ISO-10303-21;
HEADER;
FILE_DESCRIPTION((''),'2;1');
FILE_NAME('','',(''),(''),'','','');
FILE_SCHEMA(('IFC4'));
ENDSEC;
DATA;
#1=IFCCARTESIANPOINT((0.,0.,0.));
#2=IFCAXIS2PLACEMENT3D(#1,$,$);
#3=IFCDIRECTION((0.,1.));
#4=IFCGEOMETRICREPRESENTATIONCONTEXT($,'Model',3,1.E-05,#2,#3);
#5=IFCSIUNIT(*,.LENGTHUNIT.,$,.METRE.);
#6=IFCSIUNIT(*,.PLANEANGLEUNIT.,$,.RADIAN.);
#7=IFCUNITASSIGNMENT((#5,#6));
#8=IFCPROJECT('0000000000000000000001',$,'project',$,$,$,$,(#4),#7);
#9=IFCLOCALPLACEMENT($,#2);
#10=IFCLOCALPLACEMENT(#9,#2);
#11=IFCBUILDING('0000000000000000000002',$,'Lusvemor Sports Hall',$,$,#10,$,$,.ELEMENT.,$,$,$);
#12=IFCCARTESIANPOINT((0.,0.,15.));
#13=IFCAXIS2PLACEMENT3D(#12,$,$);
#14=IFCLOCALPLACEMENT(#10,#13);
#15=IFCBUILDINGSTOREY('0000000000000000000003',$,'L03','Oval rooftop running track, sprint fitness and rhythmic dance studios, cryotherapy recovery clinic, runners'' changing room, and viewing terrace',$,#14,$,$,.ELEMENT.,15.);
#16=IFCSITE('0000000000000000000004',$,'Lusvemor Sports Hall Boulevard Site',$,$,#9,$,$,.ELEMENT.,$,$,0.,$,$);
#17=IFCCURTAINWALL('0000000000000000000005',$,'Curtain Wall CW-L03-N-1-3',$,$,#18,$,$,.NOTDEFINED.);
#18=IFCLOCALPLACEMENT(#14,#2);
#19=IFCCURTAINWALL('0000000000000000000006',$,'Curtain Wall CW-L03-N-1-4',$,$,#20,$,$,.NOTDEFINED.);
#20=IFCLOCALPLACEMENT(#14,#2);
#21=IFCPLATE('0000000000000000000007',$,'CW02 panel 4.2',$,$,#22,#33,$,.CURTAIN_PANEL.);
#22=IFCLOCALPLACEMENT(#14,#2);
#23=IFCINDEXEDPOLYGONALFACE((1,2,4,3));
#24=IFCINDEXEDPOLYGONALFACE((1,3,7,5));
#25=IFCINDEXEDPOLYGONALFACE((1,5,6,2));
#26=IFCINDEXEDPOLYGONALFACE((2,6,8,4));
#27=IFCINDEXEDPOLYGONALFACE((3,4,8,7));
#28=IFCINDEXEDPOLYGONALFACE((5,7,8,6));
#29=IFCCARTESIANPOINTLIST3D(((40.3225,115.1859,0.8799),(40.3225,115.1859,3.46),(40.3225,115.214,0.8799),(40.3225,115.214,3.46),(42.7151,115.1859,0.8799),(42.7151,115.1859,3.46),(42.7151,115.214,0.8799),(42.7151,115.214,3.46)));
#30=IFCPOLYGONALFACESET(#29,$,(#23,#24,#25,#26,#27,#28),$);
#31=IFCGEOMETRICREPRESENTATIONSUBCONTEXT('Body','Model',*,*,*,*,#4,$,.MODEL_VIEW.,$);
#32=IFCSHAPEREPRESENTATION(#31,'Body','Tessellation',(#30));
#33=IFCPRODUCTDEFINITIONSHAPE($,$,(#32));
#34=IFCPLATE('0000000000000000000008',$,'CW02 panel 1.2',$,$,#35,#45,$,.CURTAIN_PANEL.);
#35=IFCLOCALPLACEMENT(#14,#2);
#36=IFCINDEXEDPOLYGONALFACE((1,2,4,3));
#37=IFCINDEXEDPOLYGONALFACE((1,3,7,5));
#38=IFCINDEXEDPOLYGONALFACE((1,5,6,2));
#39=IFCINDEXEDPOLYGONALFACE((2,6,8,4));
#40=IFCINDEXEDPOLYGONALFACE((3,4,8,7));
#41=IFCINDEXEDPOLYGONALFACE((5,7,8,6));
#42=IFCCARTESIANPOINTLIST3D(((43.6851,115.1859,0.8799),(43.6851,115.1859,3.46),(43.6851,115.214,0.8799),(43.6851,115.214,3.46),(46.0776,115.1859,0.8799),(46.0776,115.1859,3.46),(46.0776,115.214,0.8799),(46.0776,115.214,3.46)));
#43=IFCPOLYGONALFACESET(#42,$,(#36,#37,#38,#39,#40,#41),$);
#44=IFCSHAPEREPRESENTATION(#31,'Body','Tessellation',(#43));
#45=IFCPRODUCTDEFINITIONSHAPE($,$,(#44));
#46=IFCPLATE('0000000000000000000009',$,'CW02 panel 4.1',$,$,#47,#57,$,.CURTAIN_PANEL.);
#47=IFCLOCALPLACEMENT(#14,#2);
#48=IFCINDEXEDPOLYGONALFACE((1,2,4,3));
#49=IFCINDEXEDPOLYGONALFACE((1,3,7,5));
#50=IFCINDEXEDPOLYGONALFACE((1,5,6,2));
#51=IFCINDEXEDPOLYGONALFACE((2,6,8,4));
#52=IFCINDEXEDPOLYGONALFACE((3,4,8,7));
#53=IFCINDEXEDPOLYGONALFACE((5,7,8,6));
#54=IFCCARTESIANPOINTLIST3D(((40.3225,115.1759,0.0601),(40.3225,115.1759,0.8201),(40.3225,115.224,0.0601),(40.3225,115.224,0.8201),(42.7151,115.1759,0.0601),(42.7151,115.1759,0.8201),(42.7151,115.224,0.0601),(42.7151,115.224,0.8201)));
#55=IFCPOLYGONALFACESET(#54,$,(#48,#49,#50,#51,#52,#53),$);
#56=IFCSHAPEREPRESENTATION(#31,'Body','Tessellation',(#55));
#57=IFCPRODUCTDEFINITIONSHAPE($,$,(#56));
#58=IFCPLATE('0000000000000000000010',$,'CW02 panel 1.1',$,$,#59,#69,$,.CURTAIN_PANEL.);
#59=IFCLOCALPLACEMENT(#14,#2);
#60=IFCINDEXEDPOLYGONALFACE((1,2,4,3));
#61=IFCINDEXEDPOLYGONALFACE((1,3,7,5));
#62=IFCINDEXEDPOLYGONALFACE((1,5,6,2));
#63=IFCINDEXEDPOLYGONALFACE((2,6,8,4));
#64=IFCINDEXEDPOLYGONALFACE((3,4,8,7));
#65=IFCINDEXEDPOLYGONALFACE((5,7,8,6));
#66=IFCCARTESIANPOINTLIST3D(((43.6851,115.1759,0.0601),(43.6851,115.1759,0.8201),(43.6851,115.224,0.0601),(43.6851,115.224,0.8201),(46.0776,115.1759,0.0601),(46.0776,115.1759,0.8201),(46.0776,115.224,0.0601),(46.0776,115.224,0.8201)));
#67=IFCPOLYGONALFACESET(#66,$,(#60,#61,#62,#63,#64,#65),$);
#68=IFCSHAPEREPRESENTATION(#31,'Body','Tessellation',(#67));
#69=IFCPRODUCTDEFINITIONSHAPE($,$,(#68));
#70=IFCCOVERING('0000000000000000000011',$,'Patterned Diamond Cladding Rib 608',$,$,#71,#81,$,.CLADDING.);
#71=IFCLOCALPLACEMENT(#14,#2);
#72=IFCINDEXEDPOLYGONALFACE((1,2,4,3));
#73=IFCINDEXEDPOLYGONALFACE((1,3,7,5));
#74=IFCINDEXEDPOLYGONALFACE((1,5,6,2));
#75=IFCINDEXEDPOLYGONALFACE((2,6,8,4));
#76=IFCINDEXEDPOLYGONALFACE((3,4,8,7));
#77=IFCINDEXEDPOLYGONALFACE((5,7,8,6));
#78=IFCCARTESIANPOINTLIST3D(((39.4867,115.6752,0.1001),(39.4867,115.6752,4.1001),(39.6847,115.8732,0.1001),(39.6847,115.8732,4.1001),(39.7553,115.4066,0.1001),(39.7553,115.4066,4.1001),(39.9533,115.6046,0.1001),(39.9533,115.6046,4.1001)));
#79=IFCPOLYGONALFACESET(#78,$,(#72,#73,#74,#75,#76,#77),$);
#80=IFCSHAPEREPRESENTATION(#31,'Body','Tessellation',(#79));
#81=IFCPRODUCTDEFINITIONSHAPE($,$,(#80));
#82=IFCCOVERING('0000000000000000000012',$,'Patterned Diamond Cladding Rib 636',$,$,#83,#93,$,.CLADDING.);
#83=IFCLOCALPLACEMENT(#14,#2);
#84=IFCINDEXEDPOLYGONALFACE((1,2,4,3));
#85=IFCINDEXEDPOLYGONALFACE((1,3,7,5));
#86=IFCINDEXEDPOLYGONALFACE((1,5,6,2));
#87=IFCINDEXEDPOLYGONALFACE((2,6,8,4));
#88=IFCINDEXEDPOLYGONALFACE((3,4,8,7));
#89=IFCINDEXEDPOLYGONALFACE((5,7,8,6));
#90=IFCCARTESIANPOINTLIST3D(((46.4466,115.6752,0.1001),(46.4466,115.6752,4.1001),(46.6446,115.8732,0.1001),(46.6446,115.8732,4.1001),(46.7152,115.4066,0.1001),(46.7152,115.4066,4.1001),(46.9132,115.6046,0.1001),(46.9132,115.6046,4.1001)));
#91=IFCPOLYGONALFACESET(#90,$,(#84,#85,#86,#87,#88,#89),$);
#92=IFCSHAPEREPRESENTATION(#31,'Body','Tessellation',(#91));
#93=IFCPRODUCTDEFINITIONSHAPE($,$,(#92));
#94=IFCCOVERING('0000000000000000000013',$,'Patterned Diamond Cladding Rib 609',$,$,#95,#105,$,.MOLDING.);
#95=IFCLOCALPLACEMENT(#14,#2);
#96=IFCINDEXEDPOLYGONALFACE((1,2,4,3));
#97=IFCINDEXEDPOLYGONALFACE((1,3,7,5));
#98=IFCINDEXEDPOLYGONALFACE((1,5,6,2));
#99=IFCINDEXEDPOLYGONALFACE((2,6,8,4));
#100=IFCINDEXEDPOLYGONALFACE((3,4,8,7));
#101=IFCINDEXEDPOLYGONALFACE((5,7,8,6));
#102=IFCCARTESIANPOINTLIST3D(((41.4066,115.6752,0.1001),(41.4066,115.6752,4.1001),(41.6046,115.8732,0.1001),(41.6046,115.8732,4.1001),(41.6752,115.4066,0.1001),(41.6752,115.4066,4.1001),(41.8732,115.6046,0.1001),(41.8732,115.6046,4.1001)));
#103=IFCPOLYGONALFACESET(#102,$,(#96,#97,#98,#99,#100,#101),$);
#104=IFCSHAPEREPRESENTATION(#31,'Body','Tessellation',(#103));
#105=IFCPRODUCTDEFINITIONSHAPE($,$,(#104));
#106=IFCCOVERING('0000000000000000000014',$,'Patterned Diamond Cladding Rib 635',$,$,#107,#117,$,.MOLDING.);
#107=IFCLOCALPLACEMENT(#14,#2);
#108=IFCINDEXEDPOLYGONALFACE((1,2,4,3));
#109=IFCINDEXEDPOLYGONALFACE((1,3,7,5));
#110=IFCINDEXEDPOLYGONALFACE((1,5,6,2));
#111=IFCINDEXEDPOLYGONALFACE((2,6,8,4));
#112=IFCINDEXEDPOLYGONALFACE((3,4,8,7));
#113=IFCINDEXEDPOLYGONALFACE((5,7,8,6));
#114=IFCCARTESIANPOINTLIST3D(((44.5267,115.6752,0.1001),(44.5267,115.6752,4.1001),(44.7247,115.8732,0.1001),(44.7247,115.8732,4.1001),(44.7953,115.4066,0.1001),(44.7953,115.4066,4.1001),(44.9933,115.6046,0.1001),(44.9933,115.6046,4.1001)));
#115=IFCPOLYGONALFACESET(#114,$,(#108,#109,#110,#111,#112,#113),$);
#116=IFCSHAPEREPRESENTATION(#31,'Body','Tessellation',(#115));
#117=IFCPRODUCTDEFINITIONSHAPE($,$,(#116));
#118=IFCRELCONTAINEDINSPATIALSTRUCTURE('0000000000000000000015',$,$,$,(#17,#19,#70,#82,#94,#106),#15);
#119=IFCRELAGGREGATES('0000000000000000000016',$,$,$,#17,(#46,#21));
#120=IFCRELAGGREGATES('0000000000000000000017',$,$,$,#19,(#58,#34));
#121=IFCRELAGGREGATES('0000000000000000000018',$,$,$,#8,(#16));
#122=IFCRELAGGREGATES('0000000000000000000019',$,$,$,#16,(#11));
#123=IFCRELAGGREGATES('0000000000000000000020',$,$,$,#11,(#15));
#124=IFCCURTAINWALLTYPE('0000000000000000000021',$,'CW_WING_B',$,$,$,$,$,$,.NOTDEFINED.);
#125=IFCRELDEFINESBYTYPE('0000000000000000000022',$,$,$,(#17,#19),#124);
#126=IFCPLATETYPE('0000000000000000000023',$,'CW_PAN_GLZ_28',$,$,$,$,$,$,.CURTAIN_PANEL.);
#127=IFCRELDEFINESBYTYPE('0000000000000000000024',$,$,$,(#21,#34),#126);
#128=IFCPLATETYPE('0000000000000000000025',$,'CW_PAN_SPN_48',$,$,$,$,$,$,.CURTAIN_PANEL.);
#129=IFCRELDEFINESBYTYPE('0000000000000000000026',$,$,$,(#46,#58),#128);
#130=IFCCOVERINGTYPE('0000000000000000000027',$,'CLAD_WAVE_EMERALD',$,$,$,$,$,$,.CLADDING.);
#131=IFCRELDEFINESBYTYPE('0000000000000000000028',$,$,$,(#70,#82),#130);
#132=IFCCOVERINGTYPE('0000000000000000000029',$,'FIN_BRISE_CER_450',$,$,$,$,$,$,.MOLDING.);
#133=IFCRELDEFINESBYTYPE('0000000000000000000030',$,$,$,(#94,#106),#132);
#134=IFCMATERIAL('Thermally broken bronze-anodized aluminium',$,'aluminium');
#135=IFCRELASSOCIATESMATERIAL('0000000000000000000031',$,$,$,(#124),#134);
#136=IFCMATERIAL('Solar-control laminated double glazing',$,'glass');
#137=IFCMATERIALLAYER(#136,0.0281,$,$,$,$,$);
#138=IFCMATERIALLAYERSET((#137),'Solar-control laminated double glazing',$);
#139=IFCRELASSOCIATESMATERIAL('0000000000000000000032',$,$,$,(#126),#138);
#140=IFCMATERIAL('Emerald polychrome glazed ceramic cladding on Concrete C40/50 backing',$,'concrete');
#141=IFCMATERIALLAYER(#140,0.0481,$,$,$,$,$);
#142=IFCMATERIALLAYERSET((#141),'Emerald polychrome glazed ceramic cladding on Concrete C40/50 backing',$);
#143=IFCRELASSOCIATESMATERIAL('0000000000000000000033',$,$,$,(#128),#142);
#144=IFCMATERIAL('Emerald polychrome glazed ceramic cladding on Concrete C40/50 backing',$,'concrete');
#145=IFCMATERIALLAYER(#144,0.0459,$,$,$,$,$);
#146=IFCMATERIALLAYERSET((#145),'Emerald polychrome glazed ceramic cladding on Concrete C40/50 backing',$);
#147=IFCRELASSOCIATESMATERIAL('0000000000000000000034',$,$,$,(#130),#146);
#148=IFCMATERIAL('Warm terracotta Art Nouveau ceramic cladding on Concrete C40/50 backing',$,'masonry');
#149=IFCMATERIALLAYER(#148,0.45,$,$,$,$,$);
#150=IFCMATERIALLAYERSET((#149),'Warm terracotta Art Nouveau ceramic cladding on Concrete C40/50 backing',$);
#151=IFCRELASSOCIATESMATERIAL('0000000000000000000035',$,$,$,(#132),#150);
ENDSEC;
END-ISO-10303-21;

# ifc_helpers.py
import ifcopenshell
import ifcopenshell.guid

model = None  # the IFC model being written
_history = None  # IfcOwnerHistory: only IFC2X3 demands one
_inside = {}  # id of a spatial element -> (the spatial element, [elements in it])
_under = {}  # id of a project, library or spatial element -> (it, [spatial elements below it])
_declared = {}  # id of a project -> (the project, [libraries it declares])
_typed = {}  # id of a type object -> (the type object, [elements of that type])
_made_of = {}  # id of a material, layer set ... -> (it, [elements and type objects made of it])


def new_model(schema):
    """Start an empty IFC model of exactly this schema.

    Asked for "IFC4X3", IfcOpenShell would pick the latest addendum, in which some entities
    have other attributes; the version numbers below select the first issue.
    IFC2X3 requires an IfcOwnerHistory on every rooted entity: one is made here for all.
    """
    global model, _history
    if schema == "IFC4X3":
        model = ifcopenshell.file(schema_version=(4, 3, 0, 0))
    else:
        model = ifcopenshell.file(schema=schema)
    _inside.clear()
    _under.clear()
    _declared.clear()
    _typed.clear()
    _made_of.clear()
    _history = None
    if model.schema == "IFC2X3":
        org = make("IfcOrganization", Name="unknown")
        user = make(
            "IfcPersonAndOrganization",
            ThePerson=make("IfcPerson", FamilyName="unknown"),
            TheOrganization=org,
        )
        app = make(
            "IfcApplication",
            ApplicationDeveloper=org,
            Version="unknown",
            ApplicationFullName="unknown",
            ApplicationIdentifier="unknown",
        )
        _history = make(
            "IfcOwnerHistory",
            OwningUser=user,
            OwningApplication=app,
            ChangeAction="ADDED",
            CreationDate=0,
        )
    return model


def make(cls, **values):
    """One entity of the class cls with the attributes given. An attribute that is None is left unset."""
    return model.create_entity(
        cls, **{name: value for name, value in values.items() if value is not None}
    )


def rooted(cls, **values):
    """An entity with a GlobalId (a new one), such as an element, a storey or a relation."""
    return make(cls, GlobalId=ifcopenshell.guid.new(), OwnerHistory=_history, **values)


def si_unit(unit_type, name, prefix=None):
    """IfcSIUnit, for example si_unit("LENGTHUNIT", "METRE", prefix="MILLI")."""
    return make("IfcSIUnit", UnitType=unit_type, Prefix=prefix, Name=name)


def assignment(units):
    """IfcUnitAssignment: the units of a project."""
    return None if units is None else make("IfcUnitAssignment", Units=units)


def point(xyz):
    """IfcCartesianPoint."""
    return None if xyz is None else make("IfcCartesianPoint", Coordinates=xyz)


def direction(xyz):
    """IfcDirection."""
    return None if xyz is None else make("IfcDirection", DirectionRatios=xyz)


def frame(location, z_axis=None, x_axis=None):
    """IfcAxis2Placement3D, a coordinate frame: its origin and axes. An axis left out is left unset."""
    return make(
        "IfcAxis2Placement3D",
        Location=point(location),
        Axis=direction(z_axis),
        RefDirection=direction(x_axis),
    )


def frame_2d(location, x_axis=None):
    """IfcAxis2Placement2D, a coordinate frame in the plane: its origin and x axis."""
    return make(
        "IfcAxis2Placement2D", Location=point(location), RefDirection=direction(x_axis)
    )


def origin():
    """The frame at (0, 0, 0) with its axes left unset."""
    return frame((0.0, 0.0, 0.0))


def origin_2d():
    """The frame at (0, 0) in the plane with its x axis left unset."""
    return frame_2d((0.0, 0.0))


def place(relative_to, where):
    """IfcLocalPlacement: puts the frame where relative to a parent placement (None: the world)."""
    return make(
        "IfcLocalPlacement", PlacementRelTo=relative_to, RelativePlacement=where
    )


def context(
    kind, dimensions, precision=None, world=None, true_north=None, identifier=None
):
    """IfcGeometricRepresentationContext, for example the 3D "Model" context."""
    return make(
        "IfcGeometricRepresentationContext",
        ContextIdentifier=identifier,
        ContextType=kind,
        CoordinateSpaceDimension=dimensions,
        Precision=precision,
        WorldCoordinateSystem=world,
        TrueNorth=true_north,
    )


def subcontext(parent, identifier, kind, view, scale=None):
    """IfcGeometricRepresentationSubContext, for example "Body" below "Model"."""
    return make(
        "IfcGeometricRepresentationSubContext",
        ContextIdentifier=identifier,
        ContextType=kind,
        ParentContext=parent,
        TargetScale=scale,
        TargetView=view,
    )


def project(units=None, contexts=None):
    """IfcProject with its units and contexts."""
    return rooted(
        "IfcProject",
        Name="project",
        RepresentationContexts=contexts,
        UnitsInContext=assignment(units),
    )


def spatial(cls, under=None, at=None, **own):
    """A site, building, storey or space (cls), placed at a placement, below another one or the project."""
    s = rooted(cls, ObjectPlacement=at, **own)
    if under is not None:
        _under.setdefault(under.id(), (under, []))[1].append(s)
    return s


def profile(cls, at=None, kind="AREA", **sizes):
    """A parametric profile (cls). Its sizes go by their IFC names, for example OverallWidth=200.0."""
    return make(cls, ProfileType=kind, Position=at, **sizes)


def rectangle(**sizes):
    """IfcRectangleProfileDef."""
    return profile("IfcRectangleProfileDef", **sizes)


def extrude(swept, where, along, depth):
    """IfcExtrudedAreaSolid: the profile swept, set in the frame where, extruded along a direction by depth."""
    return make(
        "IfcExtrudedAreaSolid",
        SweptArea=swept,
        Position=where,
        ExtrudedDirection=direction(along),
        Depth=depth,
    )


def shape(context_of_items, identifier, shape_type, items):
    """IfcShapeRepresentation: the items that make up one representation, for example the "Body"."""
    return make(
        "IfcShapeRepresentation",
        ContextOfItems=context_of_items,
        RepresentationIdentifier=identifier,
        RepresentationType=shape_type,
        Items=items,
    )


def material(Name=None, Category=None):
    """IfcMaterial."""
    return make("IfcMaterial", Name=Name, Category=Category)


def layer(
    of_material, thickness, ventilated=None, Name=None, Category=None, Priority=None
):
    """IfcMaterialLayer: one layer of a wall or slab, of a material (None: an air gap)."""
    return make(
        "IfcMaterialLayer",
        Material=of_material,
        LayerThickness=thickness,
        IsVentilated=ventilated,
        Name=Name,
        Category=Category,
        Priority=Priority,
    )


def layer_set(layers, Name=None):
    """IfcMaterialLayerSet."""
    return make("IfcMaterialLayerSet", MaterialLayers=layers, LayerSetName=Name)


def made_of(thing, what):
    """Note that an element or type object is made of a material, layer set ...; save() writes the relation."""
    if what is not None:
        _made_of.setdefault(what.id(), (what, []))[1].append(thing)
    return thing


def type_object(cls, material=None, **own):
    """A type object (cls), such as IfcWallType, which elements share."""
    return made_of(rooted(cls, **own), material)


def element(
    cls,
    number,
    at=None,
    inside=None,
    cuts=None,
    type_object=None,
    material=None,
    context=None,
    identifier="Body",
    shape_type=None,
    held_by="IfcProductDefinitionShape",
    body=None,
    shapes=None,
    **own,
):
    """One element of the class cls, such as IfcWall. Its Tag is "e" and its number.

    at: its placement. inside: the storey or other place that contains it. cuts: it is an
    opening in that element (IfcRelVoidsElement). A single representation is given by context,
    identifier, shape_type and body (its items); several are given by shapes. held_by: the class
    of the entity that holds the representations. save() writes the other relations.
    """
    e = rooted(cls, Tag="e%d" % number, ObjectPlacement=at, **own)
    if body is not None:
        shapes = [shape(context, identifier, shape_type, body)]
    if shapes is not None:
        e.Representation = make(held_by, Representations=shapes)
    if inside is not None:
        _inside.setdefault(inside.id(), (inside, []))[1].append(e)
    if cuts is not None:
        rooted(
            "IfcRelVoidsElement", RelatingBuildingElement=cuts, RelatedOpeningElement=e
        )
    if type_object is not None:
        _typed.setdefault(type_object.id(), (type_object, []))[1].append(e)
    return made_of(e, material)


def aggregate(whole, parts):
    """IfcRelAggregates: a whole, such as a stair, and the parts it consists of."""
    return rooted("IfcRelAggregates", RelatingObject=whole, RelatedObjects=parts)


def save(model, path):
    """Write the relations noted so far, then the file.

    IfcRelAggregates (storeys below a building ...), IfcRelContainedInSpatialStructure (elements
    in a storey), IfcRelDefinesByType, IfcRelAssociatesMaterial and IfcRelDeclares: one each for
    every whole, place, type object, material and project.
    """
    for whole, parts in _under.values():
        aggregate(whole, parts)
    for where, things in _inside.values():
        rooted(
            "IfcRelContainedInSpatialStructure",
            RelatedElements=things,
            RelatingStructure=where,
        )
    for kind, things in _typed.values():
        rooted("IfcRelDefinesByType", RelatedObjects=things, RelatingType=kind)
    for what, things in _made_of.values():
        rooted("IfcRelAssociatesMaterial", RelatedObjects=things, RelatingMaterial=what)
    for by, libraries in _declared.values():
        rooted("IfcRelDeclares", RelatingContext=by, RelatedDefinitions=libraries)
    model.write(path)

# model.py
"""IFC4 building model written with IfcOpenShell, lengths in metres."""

from ifc_helpers import new_model, si_unit, direction, frame, origin, origin_2d, place, context, subcontext, project, spatial, rectangle, extrude, material, layer, layer_set, type_object, element, aggregate, save


model = new_model("IFC4")

# Units and contexts
model_context = context("Model", 3, precision=1e-05, world=origin(), true_north=direction((0.0, 1.0)))
body_context = subcontext(model_context, "Body", "Model", "MODEL_VIEW")
ifc_project = project(units=[si_unit("LENGTHUNIT", "METRE"), si_unit("PLANEANGLEUNIT", "RADIAN")], contexts=[model_context])

# Site, building, storey
site_placement = place(None, origin())
site = spatial("IfcSite", under=ifc_project, at=site_placement, Name="Lusvemor Sports Hall Boulevard Site", CompositionType="ELEMENT", RefElevation=0.0)
building_placement = place(site_placement, origin())
building = spatial("IfcBuilding", under=site, at=building_placement, Name="Lusvemor Sports Hall", CompositionType="ELEMENT")
storey_placement = place(building_placement, frame((0.0, 0.0, 15.0)))
storey = spatial("IfcBuildingStorey", under=building, at=storey_placement, Name="L03", Description="Oval rooftop running track, sprint fitness and rhythmic dance studios, cryotherapy recovery clinic, runners' changing room, and viewing terrace", CompositionType="ELEMENT", Elevation=15.0)

# Curtain walls
ifc_material_1 = material(Name="Thermally broken bronze-anodized aluminium", Category="aluminium")
curtain_wall_type = type_object("IfcCurtainWallType", Name="CW_WING_B", PredefinedType="NOTDEFINED", material=ifc_material_1)
curtain_wall_1_placement = place(storey_placement, origin())
curtain_wall_1 = element("IfcCurtainWall", 1, at=curtain_wall_1_placement, inside=storey, type_object=curtain_wall_type, Name="Curtain Wall CW-L03-N-1-3", PredefinedType="NOTDEFINED")
curtain_wall_2_placement = place(storey_placement, origin())
curtain_wall_2 = element("IfcCurtainWall", 2, at=curtain_wall_2_placement, inside=storey, type_object=curtain_wall_type, Name="Curtain Wall CW-L03-N-1-4", PredefinedType="NOTDEFINED")

# Plates
ifc_material_2 = material(Name="Solar-control laminated double glazing", Category="glass")
ifc_layer_1 = layer(ifc_material_2, 0.0281)
ifc_layer_set_1 = layer_set([ifc_layer_1], Name="Solar-control laminated double glazing")
plate_type_1 = type_object("IfcPlateType", Name="CW_PAN_GLZ_28", PredefinedType="CURTAIN_PANEL", material=ifc_layer_set_1)
plate_1_placement = place(storey_placement, frame((41.5188, 115.2, 0.8799), z_axis=(0.0, 0.0, 1.0), x_axis=(1.0, 0.0, 0.0)))
plate_1 = element("IfcPlate", 3, at=plate_1_placement, type_object=plate_type_1, Name="CW02 panel 4.2", PredefinedType="CURTAIN_PANEL", context=body_context, shape_type="SweptSolid", body=[
    extrude(rectangle(XDim=2.3926, YDim=0.0281, at=origin_2d()), origin(), (0.0, 0.0, 1.0), 2.5801),
])
plate_2_placement = place(storey_placement, frame((44.8813, 115.2, 0.8799), z_axis=(0.0, 0.0, 1.0), x_axis=(1.0, 0.0, 0.0)))
plate_2 = element("IfcPlate", 4, at=plate_2_placement, type_object=plate_type_1, Name="CW02 panel 1.2", PredefinedType="CURTAIN_PANEL", context=body_context, shape_type="SweptSolid", body=[
    extrude(rectangle(XDim=2.3926, YDim=0.0281, at=origin_2d()), origin(), (0.0, 0.0, 1.0), 2.5801),
])
ifc_material_3 = material(Name="Emerald polychrome glazed ceramic cladding on Concrete C40/50 backing", Category="concrete")
ifc_layer_2 = layer(ifc_material_3, 0.0481)
ifc_layer_set_2 = layer_set([ifc_layer_2], Name="Emerald polychrome glazed ceramic cladding on Concrete C40/50 backing")
plate_type_2 = type_object("IfcPlateType", Name="CW_PAN_SPN_48", PredefinedType="CURTAIN_PANEL", material=ifc_layer_set_2)
plate_3_placement = place(storey_placement, frame((41.5188, 115.2, 0.0601), z_axis=(0.0, 0.0, 1.0), x_axis=(1.0, 0.0, 0.0)))
plate_3 = element("IfcPlate", 5, at=plate_3_placement, type_object=plate_type_2, Name="CW02 panel 4.1", PredefinedType="CURTAIN_PANEL", context=body_context, shape_type="SweptSolid", body=[
    extrude(rectangle(XDim=2.3926, YDim=0.0481, at=origin_2d()), origin(), (0.0, 0.0, 1.0), 0.76),
])
aggregate(curtain_wall_1, [plate_3, plate_1])
plate_4_placement = place(storey_placement, frame((44.8813, 115.2, 0.0601), z_axis=(0.0, 0.0, 1.0), x_axis=(1.0, 0.0, 0.0)))
plate_4 = element("IfcPlate", 6, at=plate_4_placement, type_object=plate_type_2, Name="CW02 panel 1.1", PredefinedType="CURTAIN_PANEL", context=body_context, shape_type="SweptSolid", body=[
    extrude(rectangle(XDim=2.3926, YDim=0.0481, at=origin_2d()), origin(), (0.0, 0.0, 1.0), 0.76),
])
aggregate(curtain_wall_2, [plate_4, plate_2])

# Coverings
ifc_material_4 = material(Name="Emerald polychrome glazed ceramic cladding on Concrete C40/50 backing", Category="concrete")
ifc_layer_3 = layer(ifc_material_4, 0.0459)
ifc_layer_set_3 = layer_set([ifc_layer_3], Name="Emerald polychrome glazed ceramic cladding on Concrete C40/50 backing")
covering_type_1 = type_object("IfcCoveringType", Name="CLAD_WAVE_EMERALD", PredefinedType="CLADDING", material=ifc_layer_set_3)
for number, where, z_axis, x_axis, name in (
    (7, (39.72, 115.6399, 0.1001), (0.0, 0.0, 1.0), (0.707107, 0.707107, 0.0), "Patterned Diamond Cladding Rib 608"),
    (8, (46.6799, 115.6399, 0.1001), (0.0, 0.0, 1.0), (0.707107, 0.707107, 0.0), "Patterned Diamond Cladding Rib 636"),
):
    element("IfcCovering", number, at=place(storey_placement, frame(where, z_axis=z_axis, x_axis=x_axis)), inside=storey, type_object=covering_type_1, Name=name, PredefinedType="CLADDING", context=body_context, shape_type="SweptSolid", body=[
        extrude(rectangle(XDim=0.28, YDim=0.3799, at=origin_2d()), origin(), (0.0, 0.0, 1.0), 4.0),
    ])
ifc_material_5 = material(Name="Warm terracotta Art Nouveau ceramic cladding on Concrete C40/50 backing", Category="masonry")
ifc_layer_4 = layer(ifc_material_5, 0.45)
ifc_layer_set_4 = layer_set([ifc_layer_4], Name="Warm terracotta Art Nouveau ceramic cladding on Concrete C40/50 backing")
covering_type_2 = type_object("IfcCoveringType", Name="FIN_BRISE_CER_450", PredefinedType="MOLDING", material=ifc_layer_set_4)
for number, where, z_axis, x_axis, name in (
    (9, (41.6399, 115.6399, 0.1001), (0.0, 0.0, 1.0), (0.707107, 0.707107, 0.0), "Patterned Diamond Cladding Rib 609"),
    (10, (44.76, 115.6399, 0.1001), (0.0, 0.0, 1.0), (0.707107, 0.707107, 0.0), "Patterned Diamond Cladding Rib 635"),
):
    element("IfcCovering", number, at=place(storey_placement, frame(where, z_axis=z_axis, x_axis=x_axis)), inside=storey, type_object=covering_type_2, Name=name, PredefinedType="MOLDING", context=body_context, shape_type="SweptSolid", body=[
        extrude(rectangle(XDim=0.28, YDim=0.3799, at=origin_2d()), origin(), (0.0, 0.0, 1.0), 4.0),
    ])

save(model, "model.ifc")
